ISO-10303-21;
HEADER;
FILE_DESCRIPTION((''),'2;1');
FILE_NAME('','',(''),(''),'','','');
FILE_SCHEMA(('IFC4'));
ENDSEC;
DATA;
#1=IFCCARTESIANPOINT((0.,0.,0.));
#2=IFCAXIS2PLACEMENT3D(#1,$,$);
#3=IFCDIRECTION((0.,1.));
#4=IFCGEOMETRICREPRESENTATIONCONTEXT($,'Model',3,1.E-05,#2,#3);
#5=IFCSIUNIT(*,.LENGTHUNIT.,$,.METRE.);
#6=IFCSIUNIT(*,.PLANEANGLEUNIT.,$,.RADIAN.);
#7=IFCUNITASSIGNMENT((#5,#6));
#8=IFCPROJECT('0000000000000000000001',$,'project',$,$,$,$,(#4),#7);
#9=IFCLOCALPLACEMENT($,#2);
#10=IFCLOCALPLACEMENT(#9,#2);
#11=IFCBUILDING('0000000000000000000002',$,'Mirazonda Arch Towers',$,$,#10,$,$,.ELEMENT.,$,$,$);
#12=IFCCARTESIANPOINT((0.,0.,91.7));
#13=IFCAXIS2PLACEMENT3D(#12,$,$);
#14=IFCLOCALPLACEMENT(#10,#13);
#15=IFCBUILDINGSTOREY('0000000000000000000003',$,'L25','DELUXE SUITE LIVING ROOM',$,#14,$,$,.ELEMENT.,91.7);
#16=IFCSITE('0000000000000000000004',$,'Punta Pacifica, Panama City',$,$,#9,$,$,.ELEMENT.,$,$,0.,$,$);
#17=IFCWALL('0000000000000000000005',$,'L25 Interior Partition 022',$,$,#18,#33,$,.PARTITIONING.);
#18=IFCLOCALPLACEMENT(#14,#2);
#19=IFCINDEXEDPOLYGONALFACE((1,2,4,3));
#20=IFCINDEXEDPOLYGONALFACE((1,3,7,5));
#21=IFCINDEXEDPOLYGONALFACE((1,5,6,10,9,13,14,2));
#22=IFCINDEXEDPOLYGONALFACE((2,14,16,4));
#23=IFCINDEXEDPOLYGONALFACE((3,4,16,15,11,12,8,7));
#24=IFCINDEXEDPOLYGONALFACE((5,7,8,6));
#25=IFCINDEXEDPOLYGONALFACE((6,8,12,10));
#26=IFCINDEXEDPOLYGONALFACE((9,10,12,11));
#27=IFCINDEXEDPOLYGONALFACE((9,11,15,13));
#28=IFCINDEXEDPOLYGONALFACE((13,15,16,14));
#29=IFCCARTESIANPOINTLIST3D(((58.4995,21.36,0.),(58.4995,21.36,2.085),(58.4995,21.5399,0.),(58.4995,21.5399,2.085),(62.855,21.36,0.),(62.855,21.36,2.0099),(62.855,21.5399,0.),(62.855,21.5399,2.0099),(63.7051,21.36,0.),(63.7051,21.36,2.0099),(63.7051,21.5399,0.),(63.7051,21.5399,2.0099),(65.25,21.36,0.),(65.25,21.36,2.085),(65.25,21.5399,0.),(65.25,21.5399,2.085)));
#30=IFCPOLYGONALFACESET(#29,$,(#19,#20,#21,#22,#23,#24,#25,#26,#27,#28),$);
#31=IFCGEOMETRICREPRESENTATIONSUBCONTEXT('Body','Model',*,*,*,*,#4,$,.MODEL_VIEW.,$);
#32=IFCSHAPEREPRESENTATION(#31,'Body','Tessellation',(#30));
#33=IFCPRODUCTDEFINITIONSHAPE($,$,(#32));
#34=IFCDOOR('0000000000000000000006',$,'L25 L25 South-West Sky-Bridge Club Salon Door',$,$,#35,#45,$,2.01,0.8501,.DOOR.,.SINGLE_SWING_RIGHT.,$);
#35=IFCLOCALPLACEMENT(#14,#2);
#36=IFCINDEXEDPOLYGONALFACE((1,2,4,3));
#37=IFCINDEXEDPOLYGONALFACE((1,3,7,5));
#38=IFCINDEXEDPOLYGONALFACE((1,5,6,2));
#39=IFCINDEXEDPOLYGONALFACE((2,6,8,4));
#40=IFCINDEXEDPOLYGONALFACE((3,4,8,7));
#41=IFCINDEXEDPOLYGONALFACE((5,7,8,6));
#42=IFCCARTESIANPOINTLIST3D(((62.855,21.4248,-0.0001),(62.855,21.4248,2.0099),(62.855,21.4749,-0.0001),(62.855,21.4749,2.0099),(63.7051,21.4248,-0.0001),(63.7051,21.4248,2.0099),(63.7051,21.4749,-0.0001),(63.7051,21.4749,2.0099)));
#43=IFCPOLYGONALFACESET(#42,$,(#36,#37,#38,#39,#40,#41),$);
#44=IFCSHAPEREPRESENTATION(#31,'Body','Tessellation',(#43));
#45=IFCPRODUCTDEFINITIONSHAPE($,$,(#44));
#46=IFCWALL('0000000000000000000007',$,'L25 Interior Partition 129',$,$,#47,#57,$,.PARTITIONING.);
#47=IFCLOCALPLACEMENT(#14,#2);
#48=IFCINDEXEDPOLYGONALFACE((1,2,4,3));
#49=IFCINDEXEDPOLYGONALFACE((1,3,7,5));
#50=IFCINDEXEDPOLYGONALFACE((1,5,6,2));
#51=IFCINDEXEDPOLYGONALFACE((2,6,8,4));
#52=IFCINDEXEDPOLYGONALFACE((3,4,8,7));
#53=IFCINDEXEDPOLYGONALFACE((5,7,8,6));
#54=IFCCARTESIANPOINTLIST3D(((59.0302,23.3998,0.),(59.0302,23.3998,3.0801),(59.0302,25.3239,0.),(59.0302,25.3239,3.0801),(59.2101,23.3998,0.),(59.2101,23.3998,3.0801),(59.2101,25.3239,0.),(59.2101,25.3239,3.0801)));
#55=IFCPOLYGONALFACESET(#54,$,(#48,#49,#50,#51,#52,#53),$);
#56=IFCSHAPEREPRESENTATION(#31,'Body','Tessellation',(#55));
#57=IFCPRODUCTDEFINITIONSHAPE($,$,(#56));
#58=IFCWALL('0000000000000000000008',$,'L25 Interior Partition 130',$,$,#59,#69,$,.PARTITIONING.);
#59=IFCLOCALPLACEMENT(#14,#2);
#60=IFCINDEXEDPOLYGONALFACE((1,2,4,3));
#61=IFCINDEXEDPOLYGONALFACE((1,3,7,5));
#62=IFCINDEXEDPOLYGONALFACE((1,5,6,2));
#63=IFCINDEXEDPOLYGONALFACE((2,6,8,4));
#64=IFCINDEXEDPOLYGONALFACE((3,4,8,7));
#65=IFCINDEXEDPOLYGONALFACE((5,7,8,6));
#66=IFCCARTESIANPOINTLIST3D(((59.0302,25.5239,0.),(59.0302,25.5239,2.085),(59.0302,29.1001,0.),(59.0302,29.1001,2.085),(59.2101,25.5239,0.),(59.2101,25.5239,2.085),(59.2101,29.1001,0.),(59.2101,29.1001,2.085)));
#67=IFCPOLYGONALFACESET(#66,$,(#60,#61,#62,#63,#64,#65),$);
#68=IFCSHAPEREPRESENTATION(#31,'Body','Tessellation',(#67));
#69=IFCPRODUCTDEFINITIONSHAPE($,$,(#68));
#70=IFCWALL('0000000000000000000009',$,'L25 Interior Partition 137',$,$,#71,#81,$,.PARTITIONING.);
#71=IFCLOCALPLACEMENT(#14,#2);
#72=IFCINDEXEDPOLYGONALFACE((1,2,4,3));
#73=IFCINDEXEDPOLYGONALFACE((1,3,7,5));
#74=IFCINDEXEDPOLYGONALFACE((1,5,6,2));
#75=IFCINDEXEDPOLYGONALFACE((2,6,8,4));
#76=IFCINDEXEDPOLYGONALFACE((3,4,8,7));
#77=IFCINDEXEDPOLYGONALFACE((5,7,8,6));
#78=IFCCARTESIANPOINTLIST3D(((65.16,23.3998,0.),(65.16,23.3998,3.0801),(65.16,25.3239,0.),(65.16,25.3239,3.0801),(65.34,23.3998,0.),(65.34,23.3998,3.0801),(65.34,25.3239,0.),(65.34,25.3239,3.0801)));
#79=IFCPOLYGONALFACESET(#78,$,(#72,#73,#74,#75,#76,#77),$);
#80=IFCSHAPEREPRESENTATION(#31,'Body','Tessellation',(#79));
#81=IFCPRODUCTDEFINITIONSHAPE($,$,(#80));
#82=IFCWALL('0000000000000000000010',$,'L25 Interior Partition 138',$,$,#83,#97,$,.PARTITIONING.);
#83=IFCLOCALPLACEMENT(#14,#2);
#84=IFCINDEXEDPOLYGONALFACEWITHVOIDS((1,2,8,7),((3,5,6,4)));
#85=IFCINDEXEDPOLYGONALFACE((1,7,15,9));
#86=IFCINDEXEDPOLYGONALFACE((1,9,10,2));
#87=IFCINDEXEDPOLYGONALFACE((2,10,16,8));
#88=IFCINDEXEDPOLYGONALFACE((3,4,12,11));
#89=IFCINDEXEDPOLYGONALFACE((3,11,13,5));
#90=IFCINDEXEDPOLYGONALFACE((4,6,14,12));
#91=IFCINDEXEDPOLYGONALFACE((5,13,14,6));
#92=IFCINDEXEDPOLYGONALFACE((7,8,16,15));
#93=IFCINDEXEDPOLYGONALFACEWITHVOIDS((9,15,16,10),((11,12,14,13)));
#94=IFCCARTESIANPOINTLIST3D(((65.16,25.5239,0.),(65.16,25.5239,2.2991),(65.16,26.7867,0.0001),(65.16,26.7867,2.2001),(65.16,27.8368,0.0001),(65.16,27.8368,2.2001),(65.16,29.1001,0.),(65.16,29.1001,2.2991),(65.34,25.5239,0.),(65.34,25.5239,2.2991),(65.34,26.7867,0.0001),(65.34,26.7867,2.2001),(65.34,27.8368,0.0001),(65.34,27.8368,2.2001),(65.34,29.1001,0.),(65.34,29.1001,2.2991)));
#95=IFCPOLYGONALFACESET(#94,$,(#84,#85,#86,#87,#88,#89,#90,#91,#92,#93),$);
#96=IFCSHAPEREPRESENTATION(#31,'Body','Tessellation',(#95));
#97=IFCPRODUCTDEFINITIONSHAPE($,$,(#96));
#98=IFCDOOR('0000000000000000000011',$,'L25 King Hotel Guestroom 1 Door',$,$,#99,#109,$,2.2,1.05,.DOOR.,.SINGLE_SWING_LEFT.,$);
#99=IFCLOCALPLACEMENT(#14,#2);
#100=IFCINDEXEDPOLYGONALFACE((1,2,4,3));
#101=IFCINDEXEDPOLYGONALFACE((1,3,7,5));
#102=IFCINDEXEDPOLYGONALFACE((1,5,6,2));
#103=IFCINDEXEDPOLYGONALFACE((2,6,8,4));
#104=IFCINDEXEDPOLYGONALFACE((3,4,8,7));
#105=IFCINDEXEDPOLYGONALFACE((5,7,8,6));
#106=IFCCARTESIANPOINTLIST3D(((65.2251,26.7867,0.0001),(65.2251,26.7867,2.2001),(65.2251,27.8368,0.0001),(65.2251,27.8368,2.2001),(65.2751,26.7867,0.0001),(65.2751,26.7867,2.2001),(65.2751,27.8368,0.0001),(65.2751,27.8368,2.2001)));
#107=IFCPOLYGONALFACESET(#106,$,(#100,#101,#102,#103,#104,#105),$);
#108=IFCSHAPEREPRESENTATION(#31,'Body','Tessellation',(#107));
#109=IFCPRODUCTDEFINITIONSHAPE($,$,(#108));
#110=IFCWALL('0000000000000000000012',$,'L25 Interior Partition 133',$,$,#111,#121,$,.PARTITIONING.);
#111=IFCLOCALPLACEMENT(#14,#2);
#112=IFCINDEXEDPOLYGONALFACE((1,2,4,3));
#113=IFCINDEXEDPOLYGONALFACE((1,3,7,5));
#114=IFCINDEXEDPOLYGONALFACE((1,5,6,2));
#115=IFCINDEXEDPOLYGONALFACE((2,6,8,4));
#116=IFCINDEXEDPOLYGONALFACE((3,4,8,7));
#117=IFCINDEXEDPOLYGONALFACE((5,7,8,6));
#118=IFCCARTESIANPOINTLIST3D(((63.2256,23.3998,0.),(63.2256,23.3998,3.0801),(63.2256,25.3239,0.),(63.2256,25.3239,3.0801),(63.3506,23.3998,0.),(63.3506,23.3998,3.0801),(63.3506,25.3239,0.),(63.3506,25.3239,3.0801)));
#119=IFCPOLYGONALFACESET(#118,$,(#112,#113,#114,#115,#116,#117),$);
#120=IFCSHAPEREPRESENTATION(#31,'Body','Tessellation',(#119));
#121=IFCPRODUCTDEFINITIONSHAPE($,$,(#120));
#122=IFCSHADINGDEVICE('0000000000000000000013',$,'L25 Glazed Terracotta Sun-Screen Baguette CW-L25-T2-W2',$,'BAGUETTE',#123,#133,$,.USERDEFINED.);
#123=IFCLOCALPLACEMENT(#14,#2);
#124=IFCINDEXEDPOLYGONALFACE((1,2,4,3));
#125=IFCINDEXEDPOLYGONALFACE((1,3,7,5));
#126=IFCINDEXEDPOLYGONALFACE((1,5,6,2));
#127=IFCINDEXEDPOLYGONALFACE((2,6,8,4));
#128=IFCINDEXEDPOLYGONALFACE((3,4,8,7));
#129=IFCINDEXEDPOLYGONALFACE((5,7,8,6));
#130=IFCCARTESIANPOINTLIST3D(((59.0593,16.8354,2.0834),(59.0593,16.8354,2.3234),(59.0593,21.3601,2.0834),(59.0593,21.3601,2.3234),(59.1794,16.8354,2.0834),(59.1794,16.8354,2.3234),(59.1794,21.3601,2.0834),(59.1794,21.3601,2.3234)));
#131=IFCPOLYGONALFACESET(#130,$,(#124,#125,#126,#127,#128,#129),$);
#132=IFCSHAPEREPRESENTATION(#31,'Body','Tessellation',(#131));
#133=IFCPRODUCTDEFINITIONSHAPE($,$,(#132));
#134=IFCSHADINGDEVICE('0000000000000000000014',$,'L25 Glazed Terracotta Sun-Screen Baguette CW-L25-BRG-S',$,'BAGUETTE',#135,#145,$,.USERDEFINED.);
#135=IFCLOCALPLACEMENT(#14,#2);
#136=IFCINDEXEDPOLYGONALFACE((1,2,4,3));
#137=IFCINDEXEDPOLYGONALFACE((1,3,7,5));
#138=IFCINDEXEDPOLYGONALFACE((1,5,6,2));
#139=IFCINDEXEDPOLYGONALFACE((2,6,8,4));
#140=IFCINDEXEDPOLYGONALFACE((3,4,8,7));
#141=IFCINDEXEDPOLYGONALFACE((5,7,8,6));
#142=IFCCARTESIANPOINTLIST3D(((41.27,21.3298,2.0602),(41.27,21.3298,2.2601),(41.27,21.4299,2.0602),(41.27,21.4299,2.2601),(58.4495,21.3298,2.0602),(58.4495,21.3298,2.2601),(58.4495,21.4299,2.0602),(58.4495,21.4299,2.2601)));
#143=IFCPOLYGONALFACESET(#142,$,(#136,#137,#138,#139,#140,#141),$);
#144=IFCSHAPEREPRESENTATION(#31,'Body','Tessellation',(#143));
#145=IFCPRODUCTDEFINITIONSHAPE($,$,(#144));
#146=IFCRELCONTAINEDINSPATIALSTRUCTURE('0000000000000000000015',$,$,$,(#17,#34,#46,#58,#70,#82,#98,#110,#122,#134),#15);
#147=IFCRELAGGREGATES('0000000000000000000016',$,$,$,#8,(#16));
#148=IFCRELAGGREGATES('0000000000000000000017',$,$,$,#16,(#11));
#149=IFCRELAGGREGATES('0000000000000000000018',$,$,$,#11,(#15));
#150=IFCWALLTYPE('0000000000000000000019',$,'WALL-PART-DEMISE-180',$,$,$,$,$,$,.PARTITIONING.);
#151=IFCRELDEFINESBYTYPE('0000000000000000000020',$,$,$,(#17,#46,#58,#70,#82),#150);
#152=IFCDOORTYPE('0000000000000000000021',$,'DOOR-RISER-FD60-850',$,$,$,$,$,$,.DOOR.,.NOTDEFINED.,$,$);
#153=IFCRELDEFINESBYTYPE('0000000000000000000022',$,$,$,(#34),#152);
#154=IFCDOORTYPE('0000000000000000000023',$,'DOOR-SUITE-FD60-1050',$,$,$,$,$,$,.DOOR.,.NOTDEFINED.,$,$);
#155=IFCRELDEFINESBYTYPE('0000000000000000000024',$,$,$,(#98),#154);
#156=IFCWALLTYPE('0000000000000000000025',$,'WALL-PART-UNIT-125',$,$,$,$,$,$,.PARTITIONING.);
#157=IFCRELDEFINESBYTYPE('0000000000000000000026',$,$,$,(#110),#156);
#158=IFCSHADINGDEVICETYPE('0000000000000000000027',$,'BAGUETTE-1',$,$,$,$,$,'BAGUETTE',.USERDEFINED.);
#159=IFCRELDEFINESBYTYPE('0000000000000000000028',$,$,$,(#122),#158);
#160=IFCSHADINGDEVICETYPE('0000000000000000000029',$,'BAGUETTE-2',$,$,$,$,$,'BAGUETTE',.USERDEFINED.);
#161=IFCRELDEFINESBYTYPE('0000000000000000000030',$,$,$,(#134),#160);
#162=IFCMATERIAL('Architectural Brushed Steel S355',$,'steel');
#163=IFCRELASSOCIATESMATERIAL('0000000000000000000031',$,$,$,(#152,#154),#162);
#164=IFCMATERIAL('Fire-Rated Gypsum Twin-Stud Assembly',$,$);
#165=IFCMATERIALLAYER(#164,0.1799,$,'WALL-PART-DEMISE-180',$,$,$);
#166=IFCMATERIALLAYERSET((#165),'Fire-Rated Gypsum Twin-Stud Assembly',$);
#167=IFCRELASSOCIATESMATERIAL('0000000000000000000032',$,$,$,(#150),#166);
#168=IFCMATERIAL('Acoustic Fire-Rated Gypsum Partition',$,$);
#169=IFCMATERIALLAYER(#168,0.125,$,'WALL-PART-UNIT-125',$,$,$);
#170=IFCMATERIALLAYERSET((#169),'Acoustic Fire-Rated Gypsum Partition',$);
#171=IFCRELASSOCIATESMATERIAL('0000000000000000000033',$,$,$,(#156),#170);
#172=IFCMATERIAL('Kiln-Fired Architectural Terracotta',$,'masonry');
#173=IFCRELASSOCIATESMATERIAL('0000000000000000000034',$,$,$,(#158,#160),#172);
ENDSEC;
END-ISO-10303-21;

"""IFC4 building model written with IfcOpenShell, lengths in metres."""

from ifc_helpers import new_model, si_unit, direction, frame, frame_2d, origin, origin_2d, place, context, subcontext, project, spatial, rectangle, extrude, material, layer, layer_set, material_profile, profile_set, type_object, element, fill, save


model = new_model("IFC4")

# Units and contexts
model_context = context("Model", 3, precision=1e-05, world=origin(), true_north=direction((0.0, 1.0)))
body_context = subcontext(model_context, "Body", "Model", "MODEL_VIEW")
ifc_project = project(units=[si_unit("LENGTHUNIT", "METRE"), si_unit("PLANEANGLEUNIT", "RADIAN")], contexts=[model_context])

# Site, building, storey
site_placement = place(None, origin())
site = spatial("IfcSite", under=ifc_project, at=site_placement, Name="Punta Pacifica, Panama City", CompositionType="ELEMENT", RefElevation=0.0)
building_placement = place(site_placement, origin())
building = spatial("IfcBuilding", under=site, at=building_placement, Name="Mirazonda Arch Towers", CompositionType="ELEMENT")
storey_placement = place(building_placement, frame((0.0, 0.0, 91.7)))
storey = spatial("IfcBuildingStorey", under=building, at=storey_placement, Name="L25", Description="DELUXE SUITE LIVING ROOM", CompositionType="ELEMENT", Elevation=91.7)

# Shared definitions
ifc_material_1 = material(Name="Architectural Brushed Steel S355", Category="steel")
door_type_1 = type_object("IfcDoorType", Name="DOOR-RISER-FD60-850", OperationType="NOTDEFINED", PredefinedType="DOOR", material=ifc_material_1)

# Wall, opening, door
ifc_material_2 = material(Name="Fire-Rated Gypsum Twin-Stud Assembly")
ifc_layer_1 = layer(ifc_material_2, 0.1799, Name="WALL-PART-DEMISE-180")
ifc_layer_set_1 = layer_set([ifc_layer_1], Name="Fire-Rated Gypsum Twin-Stud Assembly")
wall_type_1 = type_object("IfcWallType", Name="WALL-PART-DEMISE-180", PredefinedType="PARTITIONING", material=ifc_layer_set_1)
wall_1_placement = place(storey_placement, frame((58.4995, 21.45, 0.0), z_axis=(0.0, 0.0, 1.0), x_axis=(1.0, 0.0, 0.0)))
wall_1 = element("IfcWall", 1, at=wall_1_placement, inside=storey, type_object=wall_type_1, Name="L25 Interior Partition 022", PredefinedType="PARTITIONING", context=body_context, shape_type="SweptSolid", body=[
    extrude(rectangle(XDim=6.7505, YDim=0.1799, at=frame_2d((3.3752, 0.0))), origin(), (0.0, 0.0, 1.0), 2.085),
])
opening_1_placement = place(wall_1_placement, frame((4.3555, 0.0, 0.0)))
opening_1 = element("IfcOpeningElement", 2, at=opening_1_placement, cuts=wall_1, PredefinedType="OPENING", context=body_context, shape_type="SweptSolid", body=[
    extrude(rectangle(XDim=0.8501, YDim=2.01, at=frame_2d((0.425, 1.0049))), frame((0.0, 0.0999, 0.0), z_axis=(0.0, -1.0, 0.0), x_axis=(1.0, 0.0, 0.0)), (0.0, 0.0, 1.0), 0.2),
])
door_1_placement = place(opening_1_placement, origin())
door_1 = element("IfcDoor", 3, at=door_1_placement, inside=storey, type_object=door_type_1, Name="L25 L25 South-West Sky-Bridge Club Salon Door", OperationType="SINGLE_SWING_RIGHT", OverallHeight=2.01, OverallWidth=0.8501, PredefinedType="DOOR", context=body_context, shape_type="SweptSolid", body=[
    extrude(rectangle(XDim=0.8501, YDim=2.01, at=frame_2d((0.425, 1.0049))), frame((0.0, 0.0249, 0.0), z_axis=(0.0, -1.0, 0.0), x_axis=(1.0, 0.0, 0.0)), (0.0, 0.0, 1.0), 0.05),
])
fill(opening_1, door_1)

# Walls
wall_2_placement = place(storey_placement, frame((59.1201, 23.3999, 0.0), z_axis=(0.0, 0.0, 1.0), x_axis=(0.0, 1.0, 0.0)))
element("IfcWall", 4, at=wall_2_placement, inside=storey, type_object=wall_type_1, Name="L25 Interior Partition 129", PredefinedType="PARTITIONING", context=body_context, shape_type="SweptSolid", body=[
    extrude(rectangle(XDim=1.9241, YDim=0.1799, at=frame_2d((0.9619, 0.0))), origin(), (0.0, 0.0, 1.0), 3.0801),
])
wall_3_placement = place(storey_placement, frame((59.1201, 25.5239, 0.0), z_axis=(0.0, 0.0, 1.0), x_axis=(0.0, 1.0, 0.0)))
element("IfcWall", 5, at=wall_3_placement, inside=storey, type_object=wall_type_1, Name="L25 Interior Partition 130", PredefinedType="PARTITIONING", context=body_context, shape_type="SweptSolid", body=[
    extrude(rectangle(XDim=3.5762, YDim=0.1799, at=frame_2d((1.7881, 0.0))), origin(), (0.0, 0.0, 1.0), 2.085),
])
wall_4_placement = place(storey_placement, frame((65.25, 23.3999, 0.0), z_axis=(0.0, 0.0, 1.0), x_axis=(0.0, 1.0, 0.0)))
element("IfcWall", 6, at=wall_4_placement, inside=storey, type_object=wall_type_1, Name="L25 Interior Partition 137", PredefinedType="PARTITIONING", context=body_context, shape_type="SweptSolid", body=[
    extrude(rectangle(XDim=1.9241, YDim=0.1799, at=frame_2d((0.9619, 0.0))), origin(), (0.0, 0.0, 1.0), 3.0801),
])

# Wall, opening, door
wall_5_placement = place(storey_placement, frame((65.25, 25.5239, 0.0), z_axis=(0.0, 0.0, 1.0), x_axis=(0.0, 1.0, 0.0)))
wall_5 = element("IfcWall", 7, at=wall_5_placement, inside=storey, type_object=wall_type_1, Name="L25 Interior Partition 138", PredefinedType="PARTITIONING", context=body_context, shape_type="SweptSolid", body=[
    extrude(rectangle(XDim=3.5762, YDim=0.1799, at=frame_2d((1.7881, 0.0))), origin(), (0.0, 0.0, 1.0), 2.2991),
])
opening_2_placement = place(wall_5_placement, frame((1.2629, 0.0, 0.0)))
opening_2 = element("IfcOpeningElement", 8, at=opening_2_placement, cuts=wall_5, PredefinedType="OPENING", context=body_context, shape_type="SweptSolid", body=[
    extrude(rectangle(XDim=1.05, YDim=2.2, at=frame_2d((0.5249, 1.1001))), frame((0.0, 0.0999, 0.0), z_axis=(0.0, -1.0, 0.0), x_axis=(1.0, 0.0, 0.0)), (0.0, 0.0, 1.0), 0.2),
])
door_type_2 = type_object("IfcDoorType", Name="DOOR-SUITE-FD60-1050", OperationType="NOTDEFINED", PredefinedType="DOOR", material=ifc_material_1)
door_2_placement = place(opening_2_placement, origin())
door_2 = element("IfcDoor", 9, at=door_2_placement, inside=storey, type_object=door_type_2, Name="L25 King Hotel Guestroom 1 Door", OperationType="SINGLE_SWING_LEFT", OverallHeight=2.2, OverallWidth=1.05, PredefinedType="DOOR", context=body_context, shape_type="SweptSolid", body=[
    extrude(rectangle(XDim=1.05, YDim=2.2, at=frame_2d((0.5249, 1.1001))), frame((0.0, 0.0249, 0.0), z_axis=(0.0, -1.0, 0.0), x_axis=(1.0, 0.0, 0.0)), (0.0, 0.0, 1.0), 0.05),
])
fill(opening_2, door_2)

# Wall
ifc_material_3 = material(Name="Acoustic Fire-Rated Gypsum Partition")
ifc_layer_2 = layer(ifc_material_3, 0.125, Name="WALL-PART-UNIT-125")
ifc_layer_set_2 = layer_set([ifc_layer_2], Name="Acoustic Fire-Rated Gypsum Partition")
wall_type_2 = type_object("IfcWallType", Name="WALL-PART-UNIT-125", PredefinedType="PARTITIONING", material=ifc_layer_set_2)
wall_6_placement = place(storey_placement, frame((63.2881, 23.3999, 0.0), z_axis=(0.0, 0.0, 1.0), x_axis=(0.0, 1.0, 0.0)))
element("IfcWall", 10, at=wall_6_placement, inside=storey, type_object=wall_type_2, Name="L25 Interior Partition 133", PredefinedType="PARTITIONING", context=body_context, shape_type="SweptSolid", body=[
    extrude(rectangle(XDim=1.9241, YDim=0.125, at=frame_2d((0.9619, 0.0))), origin(), (0.0, 0.0, 1.0), 3.0801),
])

# Shading devices
ifc_material_4 = material(Name="Kiln-Fired Architectural Terracotta", Category="masonry")
ifc_material_profile_1 = material_profile(ifc_material_4, rectangle(XDim=0.1201, YDim=0.24, at=origin_2d()), Name="TERRA-BAG-120x240")
ifc_profile_set_1 = profile_set([ifc_material_profile_1], Name="Kiln-Fired Architectural Terracotta")
shading_device_type_1 = type_object("IfcShadingDeviceType", Name="BAGUETTE-1", ElementType="BAGUETTE", PredefinedType="USERDEFINED", material=ifc_profile_set_1)
shading_device_1_placement = place(storey_placement, frame((59.1194, 21.3601, 2.2034), z_axis=(0.0, -1.0, 0.0), x_axis=(1.0, 0.0, 0.0)))
element("IfcShadingDevice", 11, at=shading_device_1_placement, inside=storey, type_object=shading_device_type_1, Name="L25 Glazed Terracotta Sun-Screen Baguette CW-L25-T2-W2", ObjectType="BAGUETTE", PredefinedType="USERDEFINED", context=body_context, shape_type="SweptSolid", body=[
    extrude(rectangle(XDim=0.1201, YDim=0.24, at=origin_2d()), origin(), (0.0, 0.0, 1.0), 4.5247),
])
ifc_material_profile_2 = material_profile(ifc_material_4, rectangle(XDim=0.1001, YDim=0.2, at=origin_2d()), Name="TERRA-BAG-100x200")
ifc_profile_set_2 = profile_set([ifc_material_profile_2], Name="Kiln-Fired Architectural Terracotta")
shading_device_type_2 = type_object("IfcShadingDeviceType", Name="BAGUETTE-2", ElementType="BAGUETTE", PredefinedType="USERDEFINED", material=ifc_profile_set_2)
shading_device_2_placement = place(storey_placement, frame((58.4495, 21.3799, 2.1602), z_axis=(-1.0, 0.0, 0.0), x_axis=(0.0, -1.0, 0.0)))
element("IfcShadingDevice", 12, at=shading_device_2_placement, inside=storey, type_object=shading_device_type_2, Name="L25 Glazed Terracotta Sun-Screen Baguette CW-L25-BRG-S", ObjectType="BAGUETTE", PredefinedType="USERDEFINED", context=body_context, shape_type="SweptSolid", body=[
    extrude(rectangle(XDim=0.1001, YDim=0.2, at=origin_2d()), origin(), (0.0, 0.0, 1.0), 17.1794),
])

save(model, "model.ifc")
